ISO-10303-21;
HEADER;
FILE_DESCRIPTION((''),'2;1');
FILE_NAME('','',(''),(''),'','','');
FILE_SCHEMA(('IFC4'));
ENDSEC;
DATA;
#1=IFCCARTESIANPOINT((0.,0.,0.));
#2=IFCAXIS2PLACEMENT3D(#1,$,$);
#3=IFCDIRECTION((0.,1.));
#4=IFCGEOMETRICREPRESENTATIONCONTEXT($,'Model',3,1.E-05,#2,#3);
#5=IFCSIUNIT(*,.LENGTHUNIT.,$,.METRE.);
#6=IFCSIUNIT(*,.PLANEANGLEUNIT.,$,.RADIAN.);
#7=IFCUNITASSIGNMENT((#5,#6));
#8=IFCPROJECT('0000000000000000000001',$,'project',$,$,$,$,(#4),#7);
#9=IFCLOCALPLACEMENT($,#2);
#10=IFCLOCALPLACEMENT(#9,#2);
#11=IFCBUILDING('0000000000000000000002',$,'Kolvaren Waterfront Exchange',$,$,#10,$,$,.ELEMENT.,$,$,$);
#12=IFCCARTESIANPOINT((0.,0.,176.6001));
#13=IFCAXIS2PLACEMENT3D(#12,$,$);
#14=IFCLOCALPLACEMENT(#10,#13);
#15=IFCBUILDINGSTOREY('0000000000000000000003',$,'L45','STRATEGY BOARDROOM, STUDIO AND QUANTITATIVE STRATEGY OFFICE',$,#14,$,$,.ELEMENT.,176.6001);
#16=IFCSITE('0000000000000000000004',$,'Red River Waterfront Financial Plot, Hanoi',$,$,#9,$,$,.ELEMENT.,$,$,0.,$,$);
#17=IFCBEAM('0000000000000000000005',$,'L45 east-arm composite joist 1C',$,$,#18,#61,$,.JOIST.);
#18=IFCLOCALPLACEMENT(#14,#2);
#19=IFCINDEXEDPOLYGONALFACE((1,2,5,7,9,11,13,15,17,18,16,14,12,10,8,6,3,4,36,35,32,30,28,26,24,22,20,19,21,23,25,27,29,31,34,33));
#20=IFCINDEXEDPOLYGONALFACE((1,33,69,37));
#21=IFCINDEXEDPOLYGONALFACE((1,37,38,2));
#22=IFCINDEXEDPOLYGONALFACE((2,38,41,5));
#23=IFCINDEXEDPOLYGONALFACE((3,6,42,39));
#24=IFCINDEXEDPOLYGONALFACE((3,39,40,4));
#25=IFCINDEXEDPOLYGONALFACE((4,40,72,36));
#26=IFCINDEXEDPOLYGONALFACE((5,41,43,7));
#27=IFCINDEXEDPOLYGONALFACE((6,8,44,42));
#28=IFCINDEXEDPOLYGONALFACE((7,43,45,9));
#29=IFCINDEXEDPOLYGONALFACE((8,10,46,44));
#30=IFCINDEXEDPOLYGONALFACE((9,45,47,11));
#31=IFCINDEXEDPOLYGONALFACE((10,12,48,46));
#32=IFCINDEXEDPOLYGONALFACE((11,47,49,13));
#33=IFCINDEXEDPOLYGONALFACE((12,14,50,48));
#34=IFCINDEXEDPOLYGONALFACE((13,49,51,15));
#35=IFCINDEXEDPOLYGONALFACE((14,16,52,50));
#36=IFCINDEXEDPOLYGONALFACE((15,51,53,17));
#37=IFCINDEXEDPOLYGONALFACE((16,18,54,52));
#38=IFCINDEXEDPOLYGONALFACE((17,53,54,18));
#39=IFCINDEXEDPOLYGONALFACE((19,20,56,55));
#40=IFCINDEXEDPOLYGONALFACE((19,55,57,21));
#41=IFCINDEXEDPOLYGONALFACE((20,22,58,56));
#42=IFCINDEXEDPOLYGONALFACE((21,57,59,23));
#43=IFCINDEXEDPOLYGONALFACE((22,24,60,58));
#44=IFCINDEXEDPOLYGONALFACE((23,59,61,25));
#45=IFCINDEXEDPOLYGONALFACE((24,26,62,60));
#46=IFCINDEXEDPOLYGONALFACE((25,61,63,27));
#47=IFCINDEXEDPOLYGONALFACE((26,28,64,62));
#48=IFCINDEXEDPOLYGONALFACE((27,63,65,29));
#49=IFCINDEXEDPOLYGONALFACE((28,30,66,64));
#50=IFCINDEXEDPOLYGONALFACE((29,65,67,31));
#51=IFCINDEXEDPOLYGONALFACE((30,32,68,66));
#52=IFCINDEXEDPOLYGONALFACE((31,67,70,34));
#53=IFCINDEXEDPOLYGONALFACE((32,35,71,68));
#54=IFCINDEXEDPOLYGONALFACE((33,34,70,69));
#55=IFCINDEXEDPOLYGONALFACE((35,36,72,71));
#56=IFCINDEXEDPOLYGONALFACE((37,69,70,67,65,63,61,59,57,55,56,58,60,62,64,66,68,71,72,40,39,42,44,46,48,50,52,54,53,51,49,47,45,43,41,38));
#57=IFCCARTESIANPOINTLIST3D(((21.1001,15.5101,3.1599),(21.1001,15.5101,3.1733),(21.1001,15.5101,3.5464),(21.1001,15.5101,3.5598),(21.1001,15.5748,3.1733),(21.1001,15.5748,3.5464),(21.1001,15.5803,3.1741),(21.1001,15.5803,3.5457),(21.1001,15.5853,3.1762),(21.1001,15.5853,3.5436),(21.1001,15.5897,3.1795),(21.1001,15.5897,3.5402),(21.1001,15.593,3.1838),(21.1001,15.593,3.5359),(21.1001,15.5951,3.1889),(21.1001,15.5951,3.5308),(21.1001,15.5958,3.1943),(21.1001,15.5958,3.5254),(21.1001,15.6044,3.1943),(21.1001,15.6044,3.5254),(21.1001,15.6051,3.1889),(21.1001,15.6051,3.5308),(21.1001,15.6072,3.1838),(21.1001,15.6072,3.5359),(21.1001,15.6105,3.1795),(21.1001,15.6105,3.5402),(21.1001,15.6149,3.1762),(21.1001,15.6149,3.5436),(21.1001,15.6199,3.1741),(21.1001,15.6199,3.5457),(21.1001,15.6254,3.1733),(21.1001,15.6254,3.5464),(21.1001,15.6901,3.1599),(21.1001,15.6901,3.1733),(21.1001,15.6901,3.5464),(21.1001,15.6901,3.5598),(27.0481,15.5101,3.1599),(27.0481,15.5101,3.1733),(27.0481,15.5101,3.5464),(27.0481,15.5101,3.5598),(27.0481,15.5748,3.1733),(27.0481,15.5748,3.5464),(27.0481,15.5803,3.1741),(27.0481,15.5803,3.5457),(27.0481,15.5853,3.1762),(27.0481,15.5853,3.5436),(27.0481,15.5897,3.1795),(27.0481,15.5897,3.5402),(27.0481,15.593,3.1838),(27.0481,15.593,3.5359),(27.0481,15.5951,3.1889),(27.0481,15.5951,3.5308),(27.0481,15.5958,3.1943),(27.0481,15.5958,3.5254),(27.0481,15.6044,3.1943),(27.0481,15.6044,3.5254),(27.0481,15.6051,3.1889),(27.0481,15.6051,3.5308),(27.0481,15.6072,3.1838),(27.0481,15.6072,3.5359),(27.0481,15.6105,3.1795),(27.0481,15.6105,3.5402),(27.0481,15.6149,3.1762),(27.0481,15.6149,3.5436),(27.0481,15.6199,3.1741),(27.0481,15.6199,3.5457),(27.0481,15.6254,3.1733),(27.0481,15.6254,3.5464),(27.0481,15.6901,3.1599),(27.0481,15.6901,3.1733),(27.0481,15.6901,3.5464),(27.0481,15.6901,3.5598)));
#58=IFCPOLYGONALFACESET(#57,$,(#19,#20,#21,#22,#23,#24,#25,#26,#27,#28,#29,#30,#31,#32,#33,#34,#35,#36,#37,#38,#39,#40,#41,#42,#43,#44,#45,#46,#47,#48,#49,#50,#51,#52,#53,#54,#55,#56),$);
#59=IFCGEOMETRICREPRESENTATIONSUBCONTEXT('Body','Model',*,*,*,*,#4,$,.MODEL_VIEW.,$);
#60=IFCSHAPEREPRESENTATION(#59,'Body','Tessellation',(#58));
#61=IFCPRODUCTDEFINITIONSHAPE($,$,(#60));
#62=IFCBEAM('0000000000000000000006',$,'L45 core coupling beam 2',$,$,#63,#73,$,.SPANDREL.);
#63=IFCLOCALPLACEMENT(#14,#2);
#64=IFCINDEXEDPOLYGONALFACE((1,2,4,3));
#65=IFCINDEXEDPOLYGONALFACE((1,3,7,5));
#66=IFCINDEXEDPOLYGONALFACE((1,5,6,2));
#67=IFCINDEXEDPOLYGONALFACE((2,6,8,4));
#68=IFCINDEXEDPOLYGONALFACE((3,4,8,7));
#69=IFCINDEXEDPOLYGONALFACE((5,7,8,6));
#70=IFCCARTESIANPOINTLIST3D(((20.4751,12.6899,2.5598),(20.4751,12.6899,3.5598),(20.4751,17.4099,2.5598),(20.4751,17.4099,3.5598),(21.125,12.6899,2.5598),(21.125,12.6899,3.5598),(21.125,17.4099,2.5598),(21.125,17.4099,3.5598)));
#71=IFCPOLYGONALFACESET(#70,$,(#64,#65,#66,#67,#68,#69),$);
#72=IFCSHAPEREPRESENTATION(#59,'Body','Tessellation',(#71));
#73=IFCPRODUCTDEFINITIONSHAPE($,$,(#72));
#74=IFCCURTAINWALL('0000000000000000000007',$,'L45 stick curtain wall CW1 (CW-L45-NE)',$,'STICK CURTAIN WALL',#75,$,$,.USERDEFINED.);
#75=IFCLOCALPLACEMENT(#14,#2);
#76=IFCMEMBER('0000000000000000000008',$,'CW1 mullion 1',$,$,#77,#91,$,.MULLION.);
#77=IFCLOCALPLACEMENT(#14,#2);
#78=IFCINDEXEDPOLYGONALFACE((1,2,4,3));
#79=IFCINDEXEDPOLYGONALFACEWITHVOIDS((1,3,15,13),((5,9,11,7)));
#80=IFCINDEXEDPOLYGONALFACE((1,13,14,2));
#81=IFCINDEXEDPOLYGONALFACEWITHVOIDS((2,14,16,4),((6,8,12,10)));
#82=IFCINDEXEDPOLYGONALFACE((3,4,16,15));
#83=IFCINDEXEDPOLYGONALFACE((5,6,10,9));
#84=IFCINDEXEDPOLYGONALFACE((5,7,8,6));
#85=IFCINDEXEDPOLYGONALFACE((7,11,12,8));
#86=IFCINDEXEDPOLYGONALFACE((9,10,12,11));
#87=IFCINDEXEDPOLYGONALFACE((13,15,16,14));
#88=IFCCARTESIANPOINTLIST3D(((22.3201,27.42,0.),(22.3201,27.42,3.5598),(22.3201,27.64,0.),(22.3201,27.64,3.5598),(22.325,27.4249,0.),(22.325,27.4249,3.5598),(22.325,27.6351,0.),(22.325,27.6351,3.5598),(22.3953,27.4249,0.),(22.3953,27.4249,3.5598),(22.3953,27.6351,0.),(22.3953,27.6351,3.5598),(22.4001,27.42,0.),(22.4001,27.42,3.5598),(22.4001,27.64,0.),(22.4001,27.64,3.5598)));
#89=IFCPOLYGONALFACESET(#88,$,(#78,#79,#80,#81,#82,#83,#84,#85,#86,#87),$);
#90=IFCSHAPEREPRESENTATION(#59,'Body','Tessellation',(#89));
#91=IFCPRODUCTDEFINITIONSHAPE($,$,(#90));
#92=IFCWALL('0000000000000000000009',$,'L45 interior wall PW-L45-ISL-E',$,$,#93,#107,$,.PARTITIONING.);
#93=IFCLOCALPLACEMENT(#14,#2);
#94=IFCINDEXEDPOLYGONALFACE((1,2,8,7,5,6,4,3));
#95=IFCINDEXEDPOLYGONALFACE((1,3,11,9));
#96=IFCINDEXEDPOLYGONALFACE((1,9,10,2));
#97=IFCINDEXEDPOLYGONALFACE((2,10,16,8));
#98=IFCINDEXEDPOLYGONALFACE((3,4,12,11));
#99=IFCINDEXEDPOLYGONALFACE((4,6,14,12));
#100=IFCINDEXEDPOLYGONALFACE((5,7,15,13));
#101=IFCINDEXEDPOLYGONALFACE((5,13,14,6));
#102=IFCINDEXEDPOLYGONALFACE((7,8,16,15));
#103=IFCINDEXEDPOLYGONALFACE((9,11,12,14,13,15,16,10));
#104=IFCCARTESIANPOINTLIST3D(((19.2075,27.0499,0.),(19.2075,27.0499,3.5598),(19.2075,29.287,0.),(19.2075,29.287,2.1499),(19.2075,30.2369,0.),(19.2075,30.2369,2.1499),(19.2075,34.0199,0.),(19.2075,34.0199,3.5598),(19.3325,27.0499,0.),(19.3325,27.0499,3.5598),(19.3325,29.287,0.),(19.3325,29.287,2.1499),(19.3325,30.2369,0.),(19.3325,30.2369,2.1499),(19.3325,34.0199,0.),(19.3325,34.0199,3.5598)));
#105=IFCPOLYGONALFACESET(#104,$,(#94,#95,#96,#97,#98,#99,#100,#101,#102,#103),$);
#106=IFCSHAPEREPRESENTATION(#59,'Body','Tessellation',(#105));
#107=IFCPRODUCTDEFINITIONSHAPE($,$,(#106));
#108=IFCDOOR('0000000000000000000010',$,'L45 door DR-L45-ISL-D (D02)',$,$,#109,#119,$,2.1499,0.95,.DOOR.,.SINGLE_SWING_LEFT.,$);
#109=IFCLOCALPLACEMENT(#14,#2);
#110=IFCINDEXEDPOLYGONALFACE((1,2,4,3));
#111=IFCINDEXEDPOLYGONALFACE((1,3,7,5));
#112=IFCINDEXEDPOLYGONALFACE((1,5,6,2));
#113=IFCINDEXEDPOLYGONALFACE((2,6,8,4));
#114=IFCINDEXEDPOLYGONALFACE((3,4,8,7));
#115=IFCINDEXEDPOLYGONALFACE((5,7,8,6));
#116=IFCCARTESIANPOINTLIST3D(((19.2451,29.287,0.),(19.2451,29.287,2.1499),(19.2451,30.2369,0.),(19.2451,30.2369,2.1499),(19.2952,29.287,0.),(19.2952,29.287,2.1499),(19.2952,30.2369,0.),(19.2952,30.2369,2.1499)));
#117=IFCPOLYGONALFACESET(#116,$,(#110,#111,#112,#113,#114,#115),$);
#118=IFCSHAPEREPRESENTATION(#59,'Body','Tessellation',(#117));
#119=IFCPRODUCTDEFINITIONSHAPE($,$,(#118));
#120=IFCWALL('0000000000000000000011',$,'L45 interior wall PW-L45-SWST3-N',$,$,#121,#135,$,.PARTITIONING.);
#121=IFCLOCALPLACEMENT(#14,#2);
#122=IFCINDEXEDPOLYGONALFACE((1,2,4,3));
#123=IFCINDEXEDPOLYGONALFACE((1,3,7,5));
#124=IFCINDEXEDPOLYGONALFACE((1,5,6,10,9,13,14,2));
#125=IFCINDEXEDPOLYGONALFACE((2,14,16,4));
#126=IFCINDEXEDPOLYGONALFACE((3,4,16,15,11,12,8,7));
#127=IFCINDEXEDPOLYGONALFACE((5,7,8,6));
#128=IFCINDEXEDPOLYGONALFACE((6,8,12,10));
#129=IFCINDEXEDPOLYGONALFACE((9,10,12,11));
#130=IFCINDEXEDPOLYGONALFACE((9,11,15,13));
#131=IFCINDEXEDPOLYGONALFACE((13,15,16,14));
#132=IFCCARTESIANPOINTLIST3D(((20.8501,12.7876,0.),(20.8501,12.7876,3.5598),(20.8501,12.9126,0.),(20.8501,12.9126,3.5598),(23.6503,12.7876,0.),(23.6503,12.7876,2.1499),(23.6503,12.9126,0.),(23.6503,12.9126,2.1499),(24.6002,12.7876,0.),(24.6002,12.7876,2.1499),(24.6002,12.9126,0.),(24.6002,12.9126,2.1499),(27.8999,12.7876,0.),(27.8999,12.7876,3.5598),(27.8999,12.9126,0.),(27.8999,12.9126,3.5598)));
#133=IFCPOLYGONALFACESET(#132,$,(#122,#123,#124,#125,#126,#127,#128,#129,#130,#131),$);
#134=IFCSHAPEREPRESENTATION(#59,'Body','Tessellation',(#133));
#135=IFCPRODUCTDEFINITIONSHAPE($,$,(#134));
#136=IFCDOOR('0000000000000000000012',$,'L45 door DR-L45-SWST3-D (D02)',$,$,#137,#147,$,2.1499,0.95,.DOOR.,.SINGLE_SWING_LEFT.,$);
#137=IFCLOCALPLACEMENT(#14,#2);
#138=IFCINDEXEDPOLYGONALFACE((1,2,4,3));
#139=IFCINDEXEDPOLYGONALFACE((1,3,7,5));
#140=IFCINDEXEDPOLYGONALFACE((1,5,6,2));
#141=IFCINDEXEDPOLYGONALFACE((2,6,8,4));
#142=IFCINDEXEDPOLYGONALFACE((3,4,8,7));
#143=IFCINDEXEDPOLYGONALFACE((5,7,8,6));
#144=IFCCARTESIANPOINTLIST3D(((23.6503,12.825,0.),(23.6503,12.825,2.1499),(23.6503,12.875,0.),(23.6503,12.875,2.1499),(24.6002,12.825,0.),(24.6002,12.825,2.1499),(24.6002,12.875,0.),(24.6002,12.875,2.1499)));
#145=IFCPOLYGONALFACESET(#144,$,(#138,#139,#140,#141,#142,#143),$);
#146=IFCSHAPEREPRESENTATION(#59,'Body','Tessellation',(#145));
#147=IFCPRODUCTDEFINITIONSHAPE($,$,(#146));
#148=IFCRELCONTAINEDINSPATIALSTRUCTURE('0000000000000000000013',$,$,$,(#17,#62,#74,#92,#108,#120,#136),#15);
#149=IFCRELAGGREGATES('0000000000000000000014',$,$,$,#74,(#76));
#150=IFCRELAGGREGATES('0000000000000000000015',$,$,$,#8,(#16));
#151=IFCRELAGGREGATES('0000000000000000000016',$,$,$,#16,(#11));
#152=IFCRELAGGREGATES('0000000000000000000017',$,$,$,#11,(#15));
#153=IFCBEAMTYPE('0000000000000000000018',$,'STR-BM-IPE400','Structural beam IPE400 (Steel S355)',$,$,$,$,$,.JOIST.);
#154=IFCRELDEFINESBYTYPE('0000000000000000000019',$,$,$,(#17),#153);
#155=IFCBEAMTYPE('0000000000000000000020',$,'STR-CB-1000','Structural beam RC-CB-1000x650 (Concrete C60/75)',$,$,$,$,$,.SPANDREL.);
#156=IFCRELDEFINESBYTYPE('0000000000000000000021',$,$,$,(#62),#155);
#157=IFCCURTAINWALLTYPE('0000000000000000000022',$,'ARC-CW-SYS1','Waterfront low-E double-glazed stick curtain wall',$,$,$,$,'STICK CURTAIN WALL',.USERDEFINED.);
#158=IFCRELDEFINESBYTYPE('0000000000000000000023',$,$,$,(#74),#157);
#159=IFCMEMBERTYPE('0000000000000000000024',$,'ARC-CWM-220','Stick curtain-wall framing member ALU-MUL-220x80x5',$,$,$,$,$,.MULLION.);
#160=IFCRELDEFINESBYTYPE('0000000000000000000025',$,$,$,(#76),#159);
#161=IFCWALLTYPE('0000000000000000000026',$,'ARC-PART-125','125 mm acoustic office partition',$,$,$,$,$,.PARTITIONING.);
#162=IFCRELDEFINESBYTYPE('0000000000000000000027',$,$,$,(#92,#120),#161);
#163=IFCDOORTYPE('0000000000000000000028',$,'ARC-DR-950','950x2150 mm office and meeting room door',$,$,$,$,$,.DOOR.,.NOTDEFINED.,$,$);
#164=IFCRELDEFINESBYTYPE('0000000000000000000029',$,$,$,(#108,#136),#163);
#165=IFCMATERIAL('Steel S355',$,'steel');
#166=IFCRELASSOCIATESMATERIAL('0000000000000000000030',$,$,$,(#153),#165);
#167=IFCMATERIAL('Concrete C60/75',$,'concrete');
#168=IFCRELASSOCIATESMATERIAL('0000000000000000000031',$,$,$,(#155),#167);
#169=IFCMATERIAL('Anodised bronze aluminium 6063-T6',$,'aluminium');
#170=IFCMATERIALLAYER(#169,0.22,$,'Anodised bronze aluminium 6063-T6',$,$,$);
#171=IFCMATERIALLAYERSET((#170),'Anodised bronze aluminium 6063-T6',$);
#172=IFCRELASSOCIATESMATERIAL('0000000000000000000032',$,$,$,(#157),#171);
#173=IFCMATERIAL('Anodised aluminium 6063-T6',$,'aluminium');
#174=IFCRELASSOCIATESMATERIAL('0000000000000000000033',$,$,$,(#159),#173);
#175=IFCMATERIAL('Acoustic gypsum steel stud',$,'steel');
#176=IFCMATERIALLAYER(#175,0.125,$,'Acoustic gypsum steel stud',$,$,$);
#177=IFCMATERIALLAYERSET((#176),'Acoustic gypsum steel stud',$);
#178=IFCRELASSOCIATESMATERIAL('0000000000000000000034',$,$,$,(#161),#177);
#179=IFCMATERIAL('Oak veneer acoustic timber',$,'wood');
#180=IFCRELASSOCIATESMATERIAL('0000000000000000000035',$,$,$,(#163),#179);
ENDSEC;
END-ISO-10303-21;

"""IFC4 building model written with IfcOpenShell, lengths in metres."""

from ifc_helpers import new_model, si_unit, direction, frame, frame_2d, origin, origin_with_axes, origin_2d, place, context, subcontext, project, spatial, rectangle, hollow_rectangle, i_section, extrude, source, transform, mapped, material, layer, layer_set, material_profile, profile_set, type_object, element, fill, aggregate, save


model = new_model("IFC4")

# Units and contexts
model_context = context("Model", 3, precision=1e-05, world=origin(), true_north=direction((0.0, 1.0)))
body_context = subcontext(model_context, "Body", "Model", "MODEL_VIEW")
ifc_project = project(units=[si_unit("LENGTHUNIT", "METRE"), si_unit("PLANEANGLEUNIT", "RADIAN")], contexts=[model_context])

# Site, building, storey
site_placement = place(None, origin())
site = spatial("IfcSite", under=ifc_project, at=site_placement, Name="Red River Waterfront Financial Plot, Hanoi", CompositionType="ELEMENT", RefElevation=0.0)
building_placement = place(site_placement, origin())
building = spatial("IfcBuilding", under=site, at=building_placement, Name="Kolvaren Waterfront Exchange", CompositionType="ELEMENT")
storey_placement = place(building_placement, frame((0.0, 0.0, 176.6001)))
storey = spatial("IfcBuildingStorey", under=building, at=storey_placement, Name="L45", Description="STRATEGY BOARDROOM, STUDIO AND QUANTITATIVE STRATEGY OFFICE", CompositionType="ELEMENT", Elevation=176.6001)

# Shared definitions
ifc_material_1 = material(Name="Concrete C60/75", Category="concrete")

# Beams
ifc_material_2 = material(Name="Steel S355", Category="steel")
ifc_material_profile_1 = material_profile(ifc_material_2, i_section(OverallWidth=0.1799, OverallDepth=0.3999, WebThickness=0.0085, FlangeThickness=0.0134, FilletRadius=0.021, at=origin_2d()), Name="IPE400")
ifc_profile_set_1 = profile_set([ifc_material_profile_1], Name="Steel S355")
beam_type_1 = type_object("IfcBeamType", Name="STR-BM-IPE400", Description="Structural beam IPE400 (Steel S355)", PredefinedType="JOIST", material=ifc_profile_set_1)
for number, where, z_axis, x_axis, name in (
    (1, (21.1001, 15.6001, 3.3599), (1.0, 0.0, 0.0), (0.0, 1.0, 0.0), "L45 east-arm composite joist 1C"),
):
    element("IfcBeam", number, at=place(storey_placement, frame(where, z_axis=z_axis, x_axis=x_axis)), inside=storey, type_object=beam_type_1, Name=name, PredefinedType="JOIST", context=body_context, shape_type="SweptSolid", body=[
        extrude(i_section(OverallWidth=0.1799, OverallDepth=0.3999, WebThickness=0.0085, FlangeThickness=0.0134, FilletRadius=0.021, at=origin_2d()), origin(), (0.0, 0.0, 1.0), 5.948),
    ])
ifc_material_profile_2 = material_profile(ifc_material_1, rectangle(XDim=0.6499, YDim=1.0, at=origin_2d()), Name="RC-CB-1000x650")
ifc_profile_set_2 = profile_set([ifc_material_profile_2], Name="Concrete C60/75")
beam_type_2 = type_object("IfcBeamType", Name="STR-CB-1000", Description="Structural beam RC-CB-1000x650 (Concrete C60/75)", PredefinedType="SPANDREL", material=ifc_profile_set_2)
beam_1_placement = place(storey_placement, frame((20.8, 12.6899, 3.0598), z_axis=(0.0, 1.0, 0.0), x_axis=(-1.0, 0.0, 0.0)))
element("IfcBeam", 2, at=beam_1_placement, inside=storey, type_object=beam_type_2, Name="L45 core coupling beam 2", PredefinedType="SPANDREL", context=body_context, shape_type="SweptSolid", body=[
    extrude(rectangle(XDim=0.6499, YDim=1.0, at=origin_2d()), origin(), (0.0, 0.0, 1.0), 4.72),
])

# Curtain wall, member
ifc_material_3 = material(Name="Anodised bronze aluminium 6063-T6", Category="aluminium")
ifc_layer_1 = layer(ifc_material_3, 0.22, Name="Anodised bronze aluminium 6063-T6")
ifc_layer_set_1 = layer_set([ifc_layer_1], Name="Anodised bronze aluminium 6063-T6")
curtain_wall_type = type_object("IfcCurtainWallType", Name="ARC-CW-SYS1", Description="Waterfront low-E double-glazed stick curtain wall", ElementType="STICK CURTAIN WALL", PredefinedType="USERDEFINED", material=ifc_layer_set_1)
curtain_wall_placement = place(storey_placement, origin())
curtain_wall = element("IfcCurtainWall", 3, at=curtain_wall_placement, inside=storey, type_object=curtain_wall_type, Name="L45 stick curtain wall CW1 (CW-L45-NE)", ObjectType="STICK CURTAIN WALL", PredefinedType="USERDEFINED")
ifc_material_4 = material(Name="Anodised aluminium 6063-T6", Category="aluminium")
ifc_material_profile_3 = material_profile(ifc_material_4, hollow_rectangle(XDim=0.0801, YDim=0.22, WallThickness=0.0049, at=origin_2d()), Name="ALU-MUL-220x80x5")
ifc_profile_set_3 = profile_set([ifc_material_profile_3], Name="Anodised aluminium 6063-T6")
member_type = type_object("IfcMemberType", Name="ARC-CWM-220", Description="Stick curtain-wall framing member ALU-MUL-220x80x5", PredefinedType="MULLION", material=ifc_profile_set_3)
shared_shape_1 = source(origin_with_axes(), body_context, "Body", "SweptSolid", [
    extrude(hollow_rectangle(XDim=0.0801, YDim=0.22, WallThickness=0.0049, at=origin_2d()), origin(), (0.0, 0.0, 1.0), 3.5598),
])
member_placement = place(storey_placement, frame((22.3601, 27.53, 0.0), z_axis=(0.0, 0.0, 1.0), x_axis=(-1.0, 0.0, 0.0)))
member = element("IfcMember", 4, at=member_placement, type_object=member_type, Name="CW1 mullion 1", PredefinedType="MULLION", context=body_context, shape_type="MappedRepresentation", body=[
    mapped(shared_shape_1, transform((0.0, 0.0, 0.0), x_axis=(1.0, 0.0, 0.0), y_axis=(0.0, 1.0, 0.0), z_axis=(0.0, 0.0, 1.0), scale=1.0)),
])
aggregate(curtain_wall, [member])

# Walls, openings, doors
ifc_material_5 = material(Name="Acoustic gypsum steel stud", Category="steel")
ifc_layer_2 = layer(ifc_material_5, 0.125, Name="Acoustic gypsum steel stud")
ifc_layer_set_2 = layer_set([ifc_layer_2], Name="Acoustic gypsum steel stud")
wall_type_1 = type_object("IfcWallType", Name="ARC-PART-125", Description="125 mm acoustic office partition", PredefinedType="PARTITIONING", material=ifc_layer_set_2)
wall_1_placement = place(storey_placement, frame((19.27, 27.05, 0.0), z_axis=(0.0, 0.0, 1.0), x_axis=(0.0, 1.0, 0.0)))
wall_1 = element("IfcWall", 5, at=wall_1_placement, inside=storey, type_object=wall_type_1, Name="L45 interior wall PW-L45-ISL-E", PredefinedType="PARTITIONING", context=body_context, shape_type="SweptSolid", body=[
    extrude(rectangle(XDim=6.97, YDim=0.125, at=frame_2d((3.4849, 0.0))), origin(), (0.0, 0.0, 1.0), 3.5598),
])
opening_1_placement = place(wall_1_placement, frame((2.2368, 0.0, 0.0)))
opening_1 = element("IfcOpeningElement", 6, at=opening_1_placement, cuts=wall_1, PredefinedType="OPENING", context=body_context, shape_type="SweptSolid", body=[
    extrude(rectangle(XDim=0.95, YDim=2.1499, at=frame_2d((0.4751, 1.075))), frame((0.0, 0.0725, 0.0), z_axis=(0.0, -1.0, 0.0), x_axis=(1.0, 0.0, 0.0)), (0.0, 0.0, 1.0), 0.145),
])
ifc_material_6 = material(Name="Oak veneer acoustic timber", Category="wood")
door_type_1 = type_object("IfcDoorType", Name="ARC-DR-950", Description="950x2150 mm office and meeting room door", OperationType="NOTDEFINED", PredefinedType="DOOR", material=ifc_material_6)
door_1_placement = place(opening_1_placement, origin())
door_1 = element("IfcDoor", 7, at=door_1_placement, inside=storey, type_object=door_type_1, Name="L45 door DR-L45-ISL-D (D02)", OperationType="SINGLE_SWING_LEFT", OverallHeight=2.1499, OverallWidth=0.95, PredefinedType="DOOR", context=body_context, shape_type="SweptSolid", body=[
    extrude(rectangle(XDim=0.95, YDim=2.1499, at=frame_2d((0.4751, 1.075))), frame((0.0, 0.0249, 0.0), z_axis=(0.0, -1.0, 0.0), x_axis=(1.0, 0.0, 0.0)), (0.0, 0.0, 1.0), 0.05),
])
fill(opening_1, door_1)
wall_2_placement = place(storey_placement, frame((20.8501, 12.8501, 0.0), z_axis=(0.0, 0.0, 1.0), x_axis=(1.0, 0.0, 0.0)))
wall_2 = element("IfcWall", 8, at=wall_2_placement, inside=storey, type_object=wall_type_1, Name="L45 interior wall PW-L45-SWST3-N", PredefinedType="PARTITIONING", context=body_context, shape_type="SweptSolid", body=[
    extrude(rectangle(XDim=7.0498, YDim=0.125, at=frame_2d((3.5249, 0.0))), origin(), (0.0, 0.0, 1.0), 3.5598),
])
opening_2_placement = place(wall_2_placement, frame((2.8, 0.0, 0.0)))
opening_2 = element("IfcOpeningElement", 9, at=opening_2_placement, cuts=wall_2, PredefinedType="OPENING", context=body_context, shape_type="SweptSolid", body=[
    extrude(rectangle(XDim=0.95, YDim=2.1499, at=frame_2d((0.4751, 1.075))), frame((0.0, 0.0725, 0.0), z_axis=(0.0, -1.0, 0.0), x_axis=(1.0, 0.0, 0.0)), (0.0, 0.0, 1.0), 0.145),
])
door_2_placement = place(opening_2_placement, origin())
door_2 = element("IfcDoor", 10, at=door_2_placement, inside=storey, type_object=door_type_1, Name="L45 door DR-L45-SWST3-D (D02)", OperationType="SINGLE_SWING_LEFT", OverallHeight=2.1499, OverallWidth=0.95, PredefinedType="DOOR", context=body_context, shape_type="SweptSolid", body=[
    extrude(rectangle(XDim=0.95, YDim=2.1499, at=frame_2d((0.4751, 1.075))), frame((0.0, 0.0249, 0.0), z_axis=(0.0, -1.0, 0.0), x_axis=(1.0, 0.0, 0.0)), (0.0, 0.0, 1.0), 0.05),
])
fill(opening_2, door_2)

save(model, "model.ifc")
